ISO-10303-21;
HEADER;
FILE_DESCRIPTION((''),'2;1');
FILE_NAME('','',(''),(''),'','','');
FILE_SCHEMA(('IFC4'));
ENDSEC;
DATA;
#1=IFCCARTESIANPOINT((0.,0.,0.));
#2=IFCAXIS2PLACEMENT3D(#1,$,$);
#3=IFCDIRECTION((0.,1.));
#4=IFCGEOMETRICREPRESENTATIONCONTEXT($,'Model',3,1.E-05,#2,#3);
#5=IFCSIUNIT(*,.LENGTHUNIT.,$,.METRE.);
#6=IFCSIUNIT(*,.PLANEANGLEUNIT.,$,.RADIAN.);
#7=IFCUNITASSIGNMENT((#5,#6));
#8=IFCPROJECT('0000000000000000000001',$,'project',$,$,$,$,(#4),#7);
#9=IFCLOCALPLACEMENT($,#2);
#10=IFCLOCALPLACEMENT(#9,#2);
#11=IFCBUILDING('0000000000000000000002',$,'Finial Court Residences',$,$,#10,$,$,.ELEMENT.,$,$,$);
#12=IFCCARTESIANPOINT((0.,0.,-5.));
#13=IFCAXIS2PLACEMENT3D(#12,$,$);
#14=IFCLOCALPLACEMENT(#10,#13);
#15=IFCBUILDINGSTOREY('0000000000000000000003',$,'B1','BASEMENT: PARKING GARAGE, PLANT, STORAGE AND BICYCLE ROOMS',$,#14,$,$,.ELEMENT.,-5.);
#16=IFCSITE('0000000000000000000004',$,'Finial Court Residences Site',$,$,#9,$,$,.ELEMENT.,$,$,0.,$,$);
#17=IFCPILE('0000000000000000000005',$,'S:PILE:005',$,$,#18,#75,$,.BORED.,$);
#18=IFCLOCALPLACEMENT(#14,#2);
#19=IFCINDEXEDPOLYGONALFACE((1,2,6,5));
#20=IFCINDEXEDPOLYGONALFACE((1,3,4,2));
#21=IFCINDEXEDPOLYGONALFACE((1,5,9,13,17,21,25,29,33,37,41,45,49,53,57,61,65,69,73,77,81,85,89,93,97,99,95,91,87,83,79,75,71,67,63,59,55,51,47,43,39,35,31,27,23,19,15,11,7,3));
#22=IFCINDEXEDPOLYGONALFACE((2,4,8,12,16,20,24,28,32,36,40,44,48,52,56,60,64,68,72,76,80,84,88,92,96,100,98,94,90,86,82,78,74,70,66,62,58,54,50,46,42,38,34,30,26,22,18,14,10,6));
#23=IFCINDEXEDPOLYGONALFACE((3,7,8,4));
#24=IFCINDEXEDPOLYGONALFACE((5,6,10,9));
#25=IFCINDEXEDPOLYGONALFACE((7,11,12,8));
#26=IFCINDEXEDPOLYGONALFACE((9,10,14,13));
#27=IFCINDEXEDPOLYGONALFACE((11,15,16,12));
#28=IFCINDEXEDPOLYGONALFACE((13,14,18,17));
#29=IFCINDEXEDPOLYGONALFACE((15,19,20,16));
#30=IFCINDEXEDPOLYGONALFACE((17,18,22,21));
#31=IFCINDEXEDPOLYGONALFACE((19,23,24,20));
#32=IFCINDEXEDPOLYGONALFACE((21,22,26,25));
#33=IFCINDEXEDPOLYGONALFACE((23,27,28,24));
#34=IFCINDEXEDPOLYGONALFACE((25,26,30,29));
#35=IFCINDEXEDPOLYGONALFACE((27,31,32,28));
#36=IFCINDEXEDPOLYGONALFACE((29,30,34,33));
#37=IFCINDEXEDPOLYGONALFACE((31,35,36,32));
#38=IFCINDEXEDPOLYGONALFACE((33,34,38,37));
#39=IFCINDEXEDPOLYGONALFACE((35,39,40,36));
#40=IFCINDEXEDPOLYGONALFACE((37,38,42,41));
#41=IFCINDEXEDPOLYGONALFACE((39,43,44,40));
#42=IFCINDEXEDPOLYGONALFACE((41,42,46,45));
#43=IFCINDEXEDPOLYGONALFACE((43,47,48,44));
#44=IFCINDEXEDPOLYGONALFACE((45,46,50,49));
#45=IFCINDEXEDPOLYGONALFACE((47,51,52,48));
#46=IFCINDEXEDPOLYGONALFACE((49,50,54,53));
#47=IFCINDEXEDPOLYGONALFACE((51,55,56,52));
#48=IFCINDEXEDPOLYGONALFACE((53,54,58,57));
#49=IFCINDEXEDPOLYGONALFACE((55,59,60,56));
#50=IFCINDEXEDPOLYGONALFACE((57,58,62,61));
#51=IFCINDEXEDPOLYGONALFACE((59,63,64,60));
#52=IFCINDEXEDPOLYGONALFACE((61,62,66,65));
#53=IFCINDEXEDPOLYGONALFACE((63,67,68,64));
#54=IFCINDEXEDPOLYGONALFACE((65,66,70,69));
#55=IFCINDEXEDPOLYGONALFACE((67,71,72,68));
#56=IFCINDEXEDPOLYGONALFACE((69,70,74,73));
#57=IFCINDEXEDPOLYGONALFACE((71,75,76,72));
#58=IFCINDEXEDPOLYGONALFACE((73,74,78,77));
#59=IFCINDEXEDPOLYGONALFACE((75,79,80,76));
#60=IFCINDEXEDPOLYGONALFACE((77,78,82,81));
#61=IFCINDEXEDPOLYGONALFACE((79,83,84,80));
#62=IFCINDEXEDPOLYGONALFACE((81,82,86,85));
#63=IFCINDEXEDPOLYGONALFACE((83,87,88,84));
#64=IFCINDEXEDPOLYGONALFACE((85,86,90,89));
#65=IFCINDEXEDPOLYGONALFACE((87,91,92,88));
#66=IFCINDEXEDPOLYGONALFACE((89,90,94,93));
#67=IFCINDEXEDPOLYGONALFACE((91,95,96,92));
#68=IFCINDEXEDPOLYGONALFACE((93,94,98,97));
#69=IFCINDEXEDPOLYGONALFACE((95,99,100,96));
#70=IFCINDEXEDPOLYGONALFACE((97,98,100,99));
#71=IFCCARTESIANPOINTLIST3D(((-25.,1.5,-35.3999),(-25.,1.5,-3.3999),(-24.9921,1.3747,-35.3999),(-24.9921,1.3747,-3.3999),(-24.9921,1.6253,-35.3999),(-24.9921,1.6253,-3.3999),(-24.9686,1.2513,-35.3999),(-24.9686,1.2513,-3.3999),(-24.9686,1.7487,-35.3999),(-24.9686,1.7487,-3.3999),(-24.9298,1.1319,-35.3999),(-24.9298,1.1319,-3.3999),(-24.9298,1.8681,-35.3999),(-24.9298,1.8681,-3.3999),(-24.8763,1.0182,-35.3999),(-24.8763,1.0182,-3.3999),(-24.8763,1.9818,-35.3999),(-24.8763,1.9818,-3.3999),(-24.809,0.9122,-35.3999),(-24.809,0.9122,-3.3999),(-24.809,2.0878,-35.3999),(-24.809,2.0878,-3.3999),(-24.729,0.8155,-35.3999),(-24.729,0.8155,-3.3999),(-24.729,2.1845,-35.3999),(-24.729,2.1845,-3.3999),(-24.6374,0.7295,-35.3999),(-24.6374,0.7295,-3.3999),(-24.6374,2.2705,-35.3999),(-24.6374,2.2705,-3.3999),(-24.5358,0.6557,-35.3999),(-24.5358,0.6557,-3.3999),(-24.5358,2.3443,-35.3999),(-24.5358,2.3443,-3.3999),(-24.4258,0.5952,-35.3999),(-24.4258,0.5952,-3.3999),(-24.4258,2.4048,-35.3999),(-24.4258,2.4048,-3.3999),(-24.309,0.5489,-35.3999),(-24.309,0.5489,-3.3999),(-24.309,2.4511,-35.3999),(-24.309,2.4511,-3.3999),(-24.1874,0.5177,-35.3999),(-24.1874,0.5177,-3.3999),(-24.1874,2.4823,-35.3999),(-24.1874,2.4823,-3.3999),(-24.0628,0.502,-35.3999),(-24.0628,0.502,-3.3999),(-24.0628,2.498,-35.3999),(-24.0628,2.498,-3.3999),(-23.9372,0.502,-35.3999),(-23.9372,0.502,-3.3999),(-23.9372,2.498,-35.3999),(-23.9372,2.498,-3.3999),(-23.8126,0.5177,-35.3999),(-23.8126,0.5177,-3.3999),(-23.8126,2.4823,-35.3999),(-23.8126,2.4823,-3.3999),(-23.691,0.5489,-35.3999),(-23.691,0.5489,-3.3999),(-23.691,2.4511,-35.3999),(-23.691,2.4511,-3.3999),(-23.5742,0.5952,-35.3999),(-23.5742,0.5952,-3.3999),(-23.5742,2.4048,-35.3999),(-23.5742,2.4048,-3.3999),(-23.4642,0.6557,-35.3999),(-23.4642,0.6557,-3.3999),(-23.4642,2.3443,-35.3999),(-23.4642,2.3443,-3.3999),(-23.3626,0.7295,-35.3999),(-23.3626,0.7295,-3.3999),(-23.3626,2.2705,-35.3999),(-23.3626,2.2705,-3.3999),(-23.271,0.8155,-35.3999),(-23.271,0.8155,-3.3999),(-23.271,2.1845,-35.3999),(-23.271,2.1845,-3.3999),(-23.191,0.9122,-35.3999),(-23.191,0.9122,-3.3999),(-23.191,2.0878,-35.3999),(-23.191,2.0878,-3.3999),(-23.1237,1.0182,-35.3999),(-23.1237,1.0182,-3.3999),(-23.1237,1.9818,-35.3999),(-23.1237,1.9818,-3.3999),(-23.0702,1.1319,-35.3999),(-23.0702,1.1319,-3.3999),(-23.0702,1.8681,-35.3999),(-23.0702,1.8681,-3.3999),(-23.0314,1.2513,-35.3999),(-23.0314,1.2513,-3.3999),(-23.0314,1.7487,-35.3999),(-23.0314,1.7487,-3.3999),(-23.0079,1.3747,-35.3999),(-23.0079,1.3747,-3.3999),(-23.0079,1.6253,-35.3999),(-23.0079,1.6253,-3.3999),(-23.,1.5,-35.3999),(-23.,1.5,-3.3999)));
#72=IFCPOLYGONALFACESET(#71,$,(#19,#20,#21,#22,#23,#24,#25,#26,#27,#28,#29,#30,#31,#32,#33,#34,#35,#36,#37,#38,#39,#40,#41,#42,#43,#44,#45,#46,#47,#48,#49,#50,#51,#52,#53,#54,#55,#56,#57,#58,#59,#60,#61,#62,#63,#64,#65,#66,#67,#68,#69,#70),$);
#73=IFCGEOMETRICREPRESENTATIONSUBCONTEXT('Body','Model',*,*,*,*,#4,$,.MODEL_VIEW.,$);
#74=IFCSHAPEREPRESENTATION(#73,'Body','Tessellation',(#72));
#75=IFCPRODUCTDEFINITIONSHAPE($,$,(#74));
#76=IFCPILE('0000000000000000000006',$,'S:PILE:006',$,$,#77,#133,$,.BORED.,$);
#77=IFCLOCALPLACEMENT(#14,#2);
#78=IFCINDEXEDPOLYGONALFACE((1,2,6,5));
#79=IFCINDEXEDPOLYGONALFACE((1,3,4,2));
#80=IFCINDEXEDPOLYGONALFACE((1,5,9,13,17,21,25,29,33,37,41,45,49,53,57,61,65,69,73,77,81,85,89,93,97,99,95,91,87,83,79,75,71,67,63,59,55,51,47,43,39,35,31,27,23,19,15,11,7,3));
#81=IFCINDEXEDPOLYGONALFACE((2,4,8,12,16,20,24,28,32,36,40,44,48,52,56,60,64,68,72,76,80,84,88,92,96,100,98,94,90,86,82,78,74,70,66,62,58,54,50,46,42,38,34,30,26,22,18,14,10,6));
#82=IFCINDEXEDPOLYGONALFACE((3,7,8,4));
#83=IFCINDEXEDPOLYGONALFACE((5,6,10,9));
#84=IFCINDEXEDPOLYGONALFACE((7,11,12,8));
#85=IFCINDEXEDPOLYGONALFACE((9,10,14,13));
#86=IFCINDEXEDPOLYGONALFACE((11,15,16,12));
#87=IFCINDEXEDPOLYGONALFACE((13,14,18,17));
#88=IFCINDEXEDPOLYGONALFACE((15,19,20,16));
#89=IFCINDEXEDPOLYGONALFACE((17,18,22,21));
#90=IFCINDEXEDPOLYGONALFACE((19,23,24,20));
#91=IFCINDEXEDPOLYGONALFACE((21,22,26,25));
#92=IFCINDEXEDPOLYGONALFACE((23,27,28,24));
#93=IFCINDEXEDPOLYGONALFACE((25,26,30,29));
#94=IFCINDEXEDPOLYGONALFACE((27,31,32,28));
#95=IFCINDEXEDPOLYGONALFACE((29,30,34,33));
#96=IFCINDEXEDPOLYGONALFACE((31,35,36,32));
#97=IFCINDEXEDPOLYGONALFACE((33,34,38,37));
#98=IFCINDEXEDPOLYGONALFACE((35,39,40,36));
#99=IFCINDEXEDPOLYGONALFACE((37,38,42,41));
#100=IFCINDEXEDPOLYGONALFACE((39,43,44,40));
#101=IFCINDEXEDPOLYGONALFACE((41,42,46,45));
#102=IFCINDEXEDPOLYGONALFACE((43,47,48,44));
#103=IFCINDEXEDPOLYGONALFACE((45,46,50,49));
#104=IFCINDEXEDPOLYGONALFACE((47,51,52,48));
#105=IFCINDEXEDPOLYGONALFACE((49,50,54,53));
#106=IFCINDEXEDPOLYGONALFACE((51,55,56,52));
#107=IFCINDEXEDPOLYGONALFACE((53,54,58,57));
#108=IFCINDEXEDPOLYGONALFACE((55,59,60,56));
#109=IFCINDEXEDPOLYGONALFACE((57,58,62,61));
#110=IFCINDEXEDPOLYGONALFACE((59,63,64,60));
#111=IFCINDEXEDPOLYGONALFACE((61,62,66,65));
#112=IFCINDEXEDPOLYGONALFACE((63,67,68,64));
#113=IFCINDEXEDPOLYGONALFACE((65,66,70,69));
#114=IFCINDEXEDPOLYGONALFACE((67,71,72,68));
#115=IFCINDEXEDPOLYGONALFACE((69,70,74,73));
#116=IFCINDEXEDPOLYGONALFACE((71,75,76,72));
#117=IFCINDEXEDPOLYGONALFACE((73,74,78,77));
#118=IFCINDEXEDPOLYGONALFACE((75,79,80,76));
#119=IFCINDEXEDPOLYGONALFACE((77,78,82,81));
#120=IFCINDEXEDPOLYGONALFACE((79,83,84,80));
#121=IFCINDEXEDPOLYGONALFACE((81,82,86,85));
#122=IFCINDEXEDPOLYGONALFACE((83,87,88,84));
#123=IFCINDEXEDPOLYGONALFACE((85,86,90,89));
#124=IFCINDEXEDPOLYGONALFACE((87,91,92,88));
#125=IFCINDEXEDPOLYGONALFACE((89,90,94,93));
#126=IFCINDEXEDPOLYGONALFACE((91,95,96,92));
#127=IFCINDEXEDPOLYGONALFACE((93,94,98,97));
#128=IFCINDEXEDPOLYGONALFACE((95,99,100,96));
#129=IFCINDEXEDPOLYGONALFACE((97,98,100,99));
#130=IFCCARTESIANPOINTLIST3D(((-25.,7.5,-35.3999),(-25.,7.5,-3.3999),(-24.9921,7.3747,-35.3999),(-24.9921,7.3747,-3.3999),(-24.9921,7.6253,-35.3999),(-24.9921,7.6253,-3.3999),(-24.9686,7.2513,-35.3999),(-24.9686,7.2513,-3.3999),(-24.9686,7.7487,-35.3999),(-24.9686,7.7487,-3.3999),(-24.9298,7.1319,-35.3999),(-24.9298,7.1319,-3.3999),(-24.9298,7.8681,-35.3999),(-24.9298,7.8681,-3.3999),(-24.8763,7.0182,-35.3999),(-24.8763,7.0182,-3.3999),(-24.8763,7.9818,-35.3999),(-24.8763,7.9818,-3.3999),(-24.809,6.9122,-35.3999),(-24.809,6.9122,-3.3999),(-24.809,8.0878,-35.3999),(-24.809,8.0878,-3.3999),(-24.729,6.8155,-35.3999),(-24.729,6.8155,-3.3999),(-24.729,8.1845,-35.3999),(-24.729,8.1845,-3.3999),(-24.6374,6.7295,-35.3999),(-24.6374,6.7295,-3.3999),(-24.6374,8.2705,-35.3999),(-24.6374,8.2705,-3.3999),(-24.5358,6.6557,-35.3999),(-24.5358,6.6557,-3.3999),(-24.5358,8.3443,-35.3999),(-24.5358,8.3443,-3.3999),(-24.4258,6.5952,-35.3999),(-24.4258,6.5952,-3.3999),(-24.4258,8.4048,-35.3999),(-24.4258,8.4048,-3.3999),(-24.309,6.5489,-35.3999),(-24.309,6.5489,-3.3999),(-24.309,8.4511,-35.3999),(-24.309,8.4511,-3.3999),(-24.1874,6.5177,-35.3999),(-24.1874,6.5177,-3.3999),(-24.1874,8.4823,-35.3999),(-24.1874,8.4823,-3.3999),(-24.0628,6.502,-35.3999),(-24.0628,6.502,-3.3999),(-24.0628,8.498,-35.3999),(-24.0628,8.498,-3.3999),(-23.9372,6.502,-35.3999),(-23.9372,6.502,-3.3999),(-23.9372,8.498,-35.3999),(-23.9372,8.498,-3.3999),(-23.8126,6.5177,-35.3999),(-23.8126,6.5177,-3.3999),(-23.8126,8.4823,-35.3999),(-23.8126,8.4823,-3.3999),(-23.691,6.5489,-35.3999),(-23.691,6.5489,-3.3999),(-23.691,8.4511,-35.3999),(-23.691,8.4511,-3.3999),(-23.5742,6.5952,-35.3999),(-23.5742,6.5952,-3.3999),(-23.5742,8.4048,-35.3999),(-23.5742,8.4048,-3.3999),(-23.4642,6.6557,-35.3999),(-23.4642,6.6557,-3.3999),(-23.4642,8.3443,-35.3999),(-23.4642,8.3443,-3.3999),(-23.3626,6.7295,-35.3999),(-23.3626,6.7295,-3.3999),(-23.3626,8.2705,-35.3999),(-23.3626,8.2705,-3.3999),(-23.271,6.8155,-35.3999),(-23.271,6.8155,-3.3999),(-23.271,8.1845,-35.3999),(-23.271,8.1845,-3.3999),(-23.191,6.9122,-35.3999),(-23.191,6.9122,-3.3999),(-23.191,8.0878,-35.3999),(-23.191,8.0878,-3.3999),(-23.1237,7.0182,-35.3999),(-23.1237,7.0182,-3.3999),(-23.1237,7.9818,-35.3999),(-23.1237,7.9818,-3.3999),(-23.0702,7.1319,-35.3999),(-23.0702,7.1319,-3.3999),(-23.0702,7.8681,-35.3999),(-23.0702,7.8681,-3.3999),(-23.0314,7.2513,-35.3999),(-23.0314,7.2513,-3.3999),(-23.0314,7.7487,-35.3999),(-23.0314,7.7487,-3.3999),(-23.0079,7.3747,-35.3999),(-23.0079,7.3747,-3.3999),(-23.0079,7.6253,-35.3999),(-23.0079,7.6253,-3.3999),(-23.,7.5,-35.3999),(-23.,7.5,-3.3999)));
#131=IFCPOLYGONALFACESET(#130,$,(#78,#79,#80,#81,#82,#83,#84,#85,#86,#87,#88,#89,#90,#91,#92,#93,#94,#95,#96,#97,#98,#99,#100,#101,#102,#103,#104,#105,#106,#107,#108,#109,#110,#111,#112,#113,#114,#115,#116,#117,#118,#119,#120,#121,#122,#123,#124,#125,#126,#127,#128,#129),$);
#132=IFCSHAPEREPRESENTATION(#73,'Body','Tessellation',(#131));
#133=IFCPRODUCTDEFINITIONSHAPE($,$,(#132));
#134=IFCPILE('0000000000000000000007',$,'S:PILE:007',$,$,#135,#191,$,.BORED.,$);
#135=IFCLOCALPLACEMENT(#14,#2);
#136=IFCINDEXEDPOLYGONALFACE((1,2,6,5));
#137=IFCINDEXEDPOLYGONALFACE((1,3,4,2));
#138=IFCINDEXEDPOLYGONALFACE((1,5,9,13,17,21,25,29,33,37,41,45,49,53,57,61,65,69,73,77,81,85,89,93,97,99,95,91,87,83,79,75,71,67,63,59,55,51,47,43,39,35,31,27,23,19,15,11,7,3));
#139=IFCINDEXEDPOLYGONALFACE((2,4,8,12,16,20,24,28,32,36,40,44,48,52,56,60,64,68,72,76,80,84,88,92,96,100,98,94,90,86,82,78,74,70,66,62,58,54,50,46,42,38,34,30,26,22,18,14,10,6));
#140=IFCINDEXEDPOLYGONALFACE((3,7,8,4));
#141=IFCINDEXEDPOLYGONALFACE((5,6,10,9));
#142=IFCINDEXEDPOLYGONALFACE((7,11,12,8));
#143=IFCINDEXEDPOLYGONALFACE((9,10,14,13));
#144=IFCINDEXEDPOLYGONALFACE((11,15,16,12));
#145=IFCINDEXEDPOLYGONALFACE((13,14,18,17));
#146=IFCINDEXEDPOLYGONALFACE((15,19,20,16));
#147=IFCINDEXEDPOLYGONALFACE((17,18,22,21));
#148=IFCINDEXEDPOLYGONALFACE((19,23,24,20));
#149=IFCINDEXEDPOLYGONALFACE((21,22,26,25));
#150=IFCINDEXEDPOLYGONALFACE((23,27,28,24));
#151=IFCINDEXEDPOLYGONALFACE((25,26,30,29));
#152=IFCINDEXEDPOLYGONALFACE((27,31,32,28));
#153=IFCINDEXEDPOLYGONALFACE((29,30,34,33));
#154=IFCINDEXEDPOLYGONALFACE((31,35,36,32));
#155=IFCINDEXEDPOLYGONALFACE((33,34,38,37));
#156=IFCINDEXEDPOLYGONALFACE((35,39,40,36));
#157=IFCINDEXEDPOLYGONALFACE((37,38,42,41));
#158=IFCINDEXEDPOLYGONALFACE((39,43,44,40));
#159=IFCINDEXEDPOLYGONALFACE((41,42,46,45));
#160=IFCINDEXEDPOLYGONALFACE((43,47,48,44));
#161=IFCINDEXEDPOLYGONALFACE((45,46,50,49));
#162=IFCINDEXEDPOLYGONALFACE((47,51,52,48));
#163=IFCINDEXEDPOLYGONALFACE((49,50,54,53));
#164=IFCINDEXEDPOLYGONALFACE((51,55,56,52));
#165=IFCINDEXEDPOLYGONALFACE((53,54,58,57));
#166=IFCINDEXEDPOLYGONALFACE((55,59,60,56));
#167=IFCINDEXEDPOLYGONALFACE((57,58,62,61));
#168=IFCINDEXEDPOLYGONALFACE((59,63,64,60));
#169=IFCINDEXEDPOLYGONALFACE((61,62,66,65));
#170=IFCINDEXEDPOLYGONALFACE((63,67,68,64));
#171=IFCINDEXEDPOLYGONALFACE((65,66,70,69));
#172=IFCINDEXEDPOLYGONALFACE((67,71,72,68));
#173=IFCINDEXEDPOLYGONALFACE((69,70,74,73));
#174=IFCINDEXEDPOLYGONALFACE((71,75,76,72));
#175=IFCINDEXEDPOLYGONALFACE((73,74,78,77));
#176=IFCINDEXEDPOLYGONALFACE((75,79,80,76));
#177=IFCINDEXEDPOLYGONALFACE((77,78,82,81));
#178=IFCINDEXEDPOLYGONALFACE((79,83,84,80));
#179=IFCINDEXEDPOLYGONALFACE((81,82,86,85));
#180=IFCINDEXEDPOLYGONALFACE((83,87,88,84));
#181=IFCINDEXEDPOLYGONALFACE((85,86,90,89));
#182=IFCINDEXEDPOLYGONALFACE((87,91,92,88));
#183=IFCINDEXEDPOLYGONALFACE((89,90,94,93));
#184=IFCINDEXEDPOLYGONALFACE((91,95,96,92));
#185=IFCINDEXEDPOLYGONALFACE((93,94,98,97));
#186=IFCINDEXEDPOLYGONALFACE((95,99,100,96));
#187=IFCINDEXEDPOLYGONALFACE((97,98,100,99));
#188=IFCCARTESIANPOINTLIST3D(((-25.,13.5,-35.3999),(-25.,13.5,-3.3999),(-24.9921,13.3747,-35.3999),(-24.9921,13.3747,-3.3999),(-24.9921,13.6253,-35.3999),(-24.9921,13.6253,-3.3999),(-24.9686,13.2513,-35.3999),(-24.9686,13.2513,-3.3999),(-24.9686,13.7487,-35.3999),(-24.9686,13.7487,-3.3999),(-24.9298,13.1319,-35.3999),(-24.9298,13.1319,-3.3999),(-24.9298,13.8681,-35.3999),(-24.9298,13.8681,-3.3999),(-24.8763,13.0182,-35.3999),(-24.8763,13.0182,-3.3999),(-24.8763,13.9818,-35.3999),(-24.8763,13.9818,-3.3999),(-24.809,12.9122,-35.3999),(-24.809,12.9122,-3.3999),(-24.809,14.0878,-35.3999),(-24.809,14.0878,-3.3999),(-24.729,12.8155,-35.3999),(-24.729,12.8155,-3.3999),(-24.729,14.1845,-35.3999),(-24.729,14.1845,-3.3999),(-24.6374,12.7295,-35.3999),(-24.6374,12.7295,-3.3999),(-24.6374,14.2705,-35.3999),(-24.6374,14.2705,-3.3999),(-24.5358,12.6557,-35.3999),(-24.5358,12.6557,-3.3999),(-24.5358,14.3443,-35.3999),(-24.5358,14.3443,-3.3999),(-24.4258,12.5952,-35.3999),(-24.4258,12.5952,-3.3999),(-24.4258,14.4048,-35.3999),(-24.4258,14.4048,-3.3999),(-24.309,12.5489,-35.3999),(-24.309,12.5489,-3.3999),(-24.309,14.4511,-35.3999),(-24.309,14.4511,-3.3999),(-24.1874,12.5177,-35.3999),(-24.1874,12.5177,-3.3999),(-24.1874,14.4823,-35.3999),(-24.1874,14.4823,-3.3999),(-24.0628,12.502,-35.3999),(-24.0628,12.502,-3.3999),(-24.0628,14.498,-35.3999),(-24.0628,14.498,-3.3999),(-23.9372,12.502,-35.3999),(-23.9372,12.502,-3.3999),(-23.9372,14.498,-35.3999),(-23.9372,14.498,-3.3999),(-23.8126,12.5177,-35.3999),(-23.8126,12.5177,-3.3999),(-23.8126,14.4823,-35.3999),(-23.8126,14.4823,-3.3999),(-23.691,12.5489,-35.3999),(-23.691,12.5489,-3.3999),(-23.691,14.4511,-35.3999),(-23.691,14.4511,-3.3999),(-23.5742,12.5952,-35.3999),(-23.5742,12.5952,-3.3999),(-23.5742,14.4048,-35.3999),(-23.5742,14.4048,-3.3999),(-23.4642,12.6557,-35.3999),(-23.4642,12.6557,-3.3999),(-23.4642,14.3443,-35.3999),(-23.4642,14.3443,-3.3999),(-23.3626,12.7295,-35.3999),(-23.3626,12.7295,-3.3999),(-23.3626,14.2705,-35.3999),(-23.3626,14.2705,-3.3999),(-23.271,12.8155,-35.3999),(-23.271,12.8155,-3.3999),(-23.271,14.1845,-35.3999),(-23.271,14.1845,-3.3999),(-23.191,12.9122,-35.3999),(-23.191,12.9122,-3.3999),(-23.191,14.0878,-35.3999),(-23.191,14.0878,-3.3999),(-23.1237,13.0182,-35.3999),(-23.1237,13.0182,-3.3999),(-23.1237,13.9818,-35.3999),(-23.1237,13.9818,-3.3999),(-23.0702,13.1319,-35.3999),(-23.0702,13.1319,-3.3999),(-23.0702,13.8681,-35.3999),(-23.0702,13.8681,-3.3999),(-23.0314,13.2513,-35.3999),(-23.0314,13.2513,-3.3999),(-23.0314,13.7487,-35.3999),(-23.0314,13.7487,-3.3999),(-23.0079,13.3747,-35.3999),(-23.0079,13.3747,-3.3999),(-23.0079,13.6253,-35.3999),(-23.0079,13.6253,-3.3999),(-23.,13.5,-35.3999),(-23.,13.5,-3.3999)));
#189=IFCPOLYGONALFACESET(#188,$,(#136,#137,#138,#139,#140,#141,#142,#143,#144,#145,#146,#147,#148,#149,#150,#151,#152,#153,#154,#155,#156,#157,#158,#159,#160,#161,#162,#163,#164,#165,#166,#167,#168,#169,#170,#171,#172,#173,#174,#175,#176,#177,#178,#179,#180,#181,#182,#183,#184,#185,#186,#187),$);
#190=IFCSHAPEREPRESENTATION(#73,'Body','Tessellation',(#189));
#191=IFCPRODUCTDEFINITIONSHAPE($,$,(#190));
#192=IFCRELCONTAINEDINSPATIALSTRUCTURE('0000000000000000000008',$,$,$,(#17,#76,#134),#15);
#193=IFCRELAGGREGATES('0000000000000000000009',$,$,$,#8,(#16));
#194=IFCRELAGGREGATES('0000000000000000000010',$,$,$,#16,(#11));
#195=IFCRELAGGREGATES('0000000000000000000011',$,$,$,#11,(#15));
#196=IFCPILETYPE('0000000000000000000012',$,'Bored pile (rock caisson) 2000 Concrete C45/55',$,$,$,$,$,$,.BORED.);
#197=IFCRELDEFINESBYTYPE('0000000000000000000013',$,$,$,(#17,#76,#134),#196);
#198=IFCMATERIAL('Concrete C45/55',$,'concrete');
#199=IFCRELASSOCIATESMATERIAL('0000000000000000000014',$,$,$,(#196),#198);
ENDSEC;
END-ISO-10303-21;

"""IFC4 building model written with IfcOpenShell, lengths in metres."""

from ifc_helpers import new_model, si_unit, direction, frame, origin, origin_2d, place, context, subcontext, project, spatial, circle, extrude, material, material_profile, profile_set, type_object, element, save


model = new_model("IFC4")

# Units and contexts
model_context = context("Model", 3, precision=1e-05, world=origin(), true_north=direction((0.0, 1.0)))
body_context = subcontext(model_context, "Body", "Model", "MODEL_VIEW")
ifc_project = project(units=[si_unit("LENGTHUNIT", "METRE"), si_unit("PLANEANGLEUNIT", "RADIAN")], contexts=[model_context])

# Site, building, storey
site_placement = place(None, origin())
site = spatial("IfcSite", under=ifc_project, at=site_placement, Name="Finial Court Residences Site", CompositionType="ELEMENT", RefElevation=0.0)
building_placement = place(site_placement, origin())
building = spatial("IfcBuilding", under=site, at=building_placement, Name="Finial Court Residences", CompositionType="ELEMENT")
storey_placement = place(building_placement, frame((0.0, 0.0, -5.0)))
storey = spatial("IfcBuildingStorey", under=building, at=storey_placement, Name="B1", Description="BASEMENT: PARKING GARAGE, PLANT, STORAGE AND BICYCLE ROOMS", CompositionType="ELEMENT", Elevation=-5.0)

# Piles
ifc_material_1 = material(Name="Concrete C45/55", Category="concrete")
ifc_material_profile_1 = material_profile(ifc_material_1, circle(Radius=1.0, at=origin_2d()), Name="D2000")
ifc_profile_set_1 = profile_set([ifc_material_profile_1], Name="Concrete C45/55")
pile_type = type_object("IfcPileType", Name="Bored pile (rock caisson) 2000 Concrete C45/55", PredefinedType="BORED", material=ifc_profile_set_1)
for number, where, z_axis, x_axis, name in (
    (1, (-24.0, 1.5, -3.3999), (0.0, 0.0, -1.0), (1.0, 0.0, 0.0), "S:PILE:005"),
    (2, (-24.0, 7.5, -3.3999), (0.0, 0.0, -1.0), (1.0, 0.0, 0.0), "S:PILE:006"),
    (3, (-24.0, 13.5, -3.3999), (0.0, 0.0, -1.0), (1.0, 0.0, 0.0), "S:PILE:007"),
):
    element("IfcPile", number, at=place(storey_placement, frame(where, z_axis=z_axis, x_axis=x_axis)), inside=storey, type_object=pile_type, Name=name, PredefinedType="BORED", context=body_context, shape_type="SweptSolid", body=[
        extrude(circle(Radius=1.0, at=origin_2d()), origin(), (0.0, 0.0, 1.0), 32.0),
    ])

save(model, "model.ifc")
